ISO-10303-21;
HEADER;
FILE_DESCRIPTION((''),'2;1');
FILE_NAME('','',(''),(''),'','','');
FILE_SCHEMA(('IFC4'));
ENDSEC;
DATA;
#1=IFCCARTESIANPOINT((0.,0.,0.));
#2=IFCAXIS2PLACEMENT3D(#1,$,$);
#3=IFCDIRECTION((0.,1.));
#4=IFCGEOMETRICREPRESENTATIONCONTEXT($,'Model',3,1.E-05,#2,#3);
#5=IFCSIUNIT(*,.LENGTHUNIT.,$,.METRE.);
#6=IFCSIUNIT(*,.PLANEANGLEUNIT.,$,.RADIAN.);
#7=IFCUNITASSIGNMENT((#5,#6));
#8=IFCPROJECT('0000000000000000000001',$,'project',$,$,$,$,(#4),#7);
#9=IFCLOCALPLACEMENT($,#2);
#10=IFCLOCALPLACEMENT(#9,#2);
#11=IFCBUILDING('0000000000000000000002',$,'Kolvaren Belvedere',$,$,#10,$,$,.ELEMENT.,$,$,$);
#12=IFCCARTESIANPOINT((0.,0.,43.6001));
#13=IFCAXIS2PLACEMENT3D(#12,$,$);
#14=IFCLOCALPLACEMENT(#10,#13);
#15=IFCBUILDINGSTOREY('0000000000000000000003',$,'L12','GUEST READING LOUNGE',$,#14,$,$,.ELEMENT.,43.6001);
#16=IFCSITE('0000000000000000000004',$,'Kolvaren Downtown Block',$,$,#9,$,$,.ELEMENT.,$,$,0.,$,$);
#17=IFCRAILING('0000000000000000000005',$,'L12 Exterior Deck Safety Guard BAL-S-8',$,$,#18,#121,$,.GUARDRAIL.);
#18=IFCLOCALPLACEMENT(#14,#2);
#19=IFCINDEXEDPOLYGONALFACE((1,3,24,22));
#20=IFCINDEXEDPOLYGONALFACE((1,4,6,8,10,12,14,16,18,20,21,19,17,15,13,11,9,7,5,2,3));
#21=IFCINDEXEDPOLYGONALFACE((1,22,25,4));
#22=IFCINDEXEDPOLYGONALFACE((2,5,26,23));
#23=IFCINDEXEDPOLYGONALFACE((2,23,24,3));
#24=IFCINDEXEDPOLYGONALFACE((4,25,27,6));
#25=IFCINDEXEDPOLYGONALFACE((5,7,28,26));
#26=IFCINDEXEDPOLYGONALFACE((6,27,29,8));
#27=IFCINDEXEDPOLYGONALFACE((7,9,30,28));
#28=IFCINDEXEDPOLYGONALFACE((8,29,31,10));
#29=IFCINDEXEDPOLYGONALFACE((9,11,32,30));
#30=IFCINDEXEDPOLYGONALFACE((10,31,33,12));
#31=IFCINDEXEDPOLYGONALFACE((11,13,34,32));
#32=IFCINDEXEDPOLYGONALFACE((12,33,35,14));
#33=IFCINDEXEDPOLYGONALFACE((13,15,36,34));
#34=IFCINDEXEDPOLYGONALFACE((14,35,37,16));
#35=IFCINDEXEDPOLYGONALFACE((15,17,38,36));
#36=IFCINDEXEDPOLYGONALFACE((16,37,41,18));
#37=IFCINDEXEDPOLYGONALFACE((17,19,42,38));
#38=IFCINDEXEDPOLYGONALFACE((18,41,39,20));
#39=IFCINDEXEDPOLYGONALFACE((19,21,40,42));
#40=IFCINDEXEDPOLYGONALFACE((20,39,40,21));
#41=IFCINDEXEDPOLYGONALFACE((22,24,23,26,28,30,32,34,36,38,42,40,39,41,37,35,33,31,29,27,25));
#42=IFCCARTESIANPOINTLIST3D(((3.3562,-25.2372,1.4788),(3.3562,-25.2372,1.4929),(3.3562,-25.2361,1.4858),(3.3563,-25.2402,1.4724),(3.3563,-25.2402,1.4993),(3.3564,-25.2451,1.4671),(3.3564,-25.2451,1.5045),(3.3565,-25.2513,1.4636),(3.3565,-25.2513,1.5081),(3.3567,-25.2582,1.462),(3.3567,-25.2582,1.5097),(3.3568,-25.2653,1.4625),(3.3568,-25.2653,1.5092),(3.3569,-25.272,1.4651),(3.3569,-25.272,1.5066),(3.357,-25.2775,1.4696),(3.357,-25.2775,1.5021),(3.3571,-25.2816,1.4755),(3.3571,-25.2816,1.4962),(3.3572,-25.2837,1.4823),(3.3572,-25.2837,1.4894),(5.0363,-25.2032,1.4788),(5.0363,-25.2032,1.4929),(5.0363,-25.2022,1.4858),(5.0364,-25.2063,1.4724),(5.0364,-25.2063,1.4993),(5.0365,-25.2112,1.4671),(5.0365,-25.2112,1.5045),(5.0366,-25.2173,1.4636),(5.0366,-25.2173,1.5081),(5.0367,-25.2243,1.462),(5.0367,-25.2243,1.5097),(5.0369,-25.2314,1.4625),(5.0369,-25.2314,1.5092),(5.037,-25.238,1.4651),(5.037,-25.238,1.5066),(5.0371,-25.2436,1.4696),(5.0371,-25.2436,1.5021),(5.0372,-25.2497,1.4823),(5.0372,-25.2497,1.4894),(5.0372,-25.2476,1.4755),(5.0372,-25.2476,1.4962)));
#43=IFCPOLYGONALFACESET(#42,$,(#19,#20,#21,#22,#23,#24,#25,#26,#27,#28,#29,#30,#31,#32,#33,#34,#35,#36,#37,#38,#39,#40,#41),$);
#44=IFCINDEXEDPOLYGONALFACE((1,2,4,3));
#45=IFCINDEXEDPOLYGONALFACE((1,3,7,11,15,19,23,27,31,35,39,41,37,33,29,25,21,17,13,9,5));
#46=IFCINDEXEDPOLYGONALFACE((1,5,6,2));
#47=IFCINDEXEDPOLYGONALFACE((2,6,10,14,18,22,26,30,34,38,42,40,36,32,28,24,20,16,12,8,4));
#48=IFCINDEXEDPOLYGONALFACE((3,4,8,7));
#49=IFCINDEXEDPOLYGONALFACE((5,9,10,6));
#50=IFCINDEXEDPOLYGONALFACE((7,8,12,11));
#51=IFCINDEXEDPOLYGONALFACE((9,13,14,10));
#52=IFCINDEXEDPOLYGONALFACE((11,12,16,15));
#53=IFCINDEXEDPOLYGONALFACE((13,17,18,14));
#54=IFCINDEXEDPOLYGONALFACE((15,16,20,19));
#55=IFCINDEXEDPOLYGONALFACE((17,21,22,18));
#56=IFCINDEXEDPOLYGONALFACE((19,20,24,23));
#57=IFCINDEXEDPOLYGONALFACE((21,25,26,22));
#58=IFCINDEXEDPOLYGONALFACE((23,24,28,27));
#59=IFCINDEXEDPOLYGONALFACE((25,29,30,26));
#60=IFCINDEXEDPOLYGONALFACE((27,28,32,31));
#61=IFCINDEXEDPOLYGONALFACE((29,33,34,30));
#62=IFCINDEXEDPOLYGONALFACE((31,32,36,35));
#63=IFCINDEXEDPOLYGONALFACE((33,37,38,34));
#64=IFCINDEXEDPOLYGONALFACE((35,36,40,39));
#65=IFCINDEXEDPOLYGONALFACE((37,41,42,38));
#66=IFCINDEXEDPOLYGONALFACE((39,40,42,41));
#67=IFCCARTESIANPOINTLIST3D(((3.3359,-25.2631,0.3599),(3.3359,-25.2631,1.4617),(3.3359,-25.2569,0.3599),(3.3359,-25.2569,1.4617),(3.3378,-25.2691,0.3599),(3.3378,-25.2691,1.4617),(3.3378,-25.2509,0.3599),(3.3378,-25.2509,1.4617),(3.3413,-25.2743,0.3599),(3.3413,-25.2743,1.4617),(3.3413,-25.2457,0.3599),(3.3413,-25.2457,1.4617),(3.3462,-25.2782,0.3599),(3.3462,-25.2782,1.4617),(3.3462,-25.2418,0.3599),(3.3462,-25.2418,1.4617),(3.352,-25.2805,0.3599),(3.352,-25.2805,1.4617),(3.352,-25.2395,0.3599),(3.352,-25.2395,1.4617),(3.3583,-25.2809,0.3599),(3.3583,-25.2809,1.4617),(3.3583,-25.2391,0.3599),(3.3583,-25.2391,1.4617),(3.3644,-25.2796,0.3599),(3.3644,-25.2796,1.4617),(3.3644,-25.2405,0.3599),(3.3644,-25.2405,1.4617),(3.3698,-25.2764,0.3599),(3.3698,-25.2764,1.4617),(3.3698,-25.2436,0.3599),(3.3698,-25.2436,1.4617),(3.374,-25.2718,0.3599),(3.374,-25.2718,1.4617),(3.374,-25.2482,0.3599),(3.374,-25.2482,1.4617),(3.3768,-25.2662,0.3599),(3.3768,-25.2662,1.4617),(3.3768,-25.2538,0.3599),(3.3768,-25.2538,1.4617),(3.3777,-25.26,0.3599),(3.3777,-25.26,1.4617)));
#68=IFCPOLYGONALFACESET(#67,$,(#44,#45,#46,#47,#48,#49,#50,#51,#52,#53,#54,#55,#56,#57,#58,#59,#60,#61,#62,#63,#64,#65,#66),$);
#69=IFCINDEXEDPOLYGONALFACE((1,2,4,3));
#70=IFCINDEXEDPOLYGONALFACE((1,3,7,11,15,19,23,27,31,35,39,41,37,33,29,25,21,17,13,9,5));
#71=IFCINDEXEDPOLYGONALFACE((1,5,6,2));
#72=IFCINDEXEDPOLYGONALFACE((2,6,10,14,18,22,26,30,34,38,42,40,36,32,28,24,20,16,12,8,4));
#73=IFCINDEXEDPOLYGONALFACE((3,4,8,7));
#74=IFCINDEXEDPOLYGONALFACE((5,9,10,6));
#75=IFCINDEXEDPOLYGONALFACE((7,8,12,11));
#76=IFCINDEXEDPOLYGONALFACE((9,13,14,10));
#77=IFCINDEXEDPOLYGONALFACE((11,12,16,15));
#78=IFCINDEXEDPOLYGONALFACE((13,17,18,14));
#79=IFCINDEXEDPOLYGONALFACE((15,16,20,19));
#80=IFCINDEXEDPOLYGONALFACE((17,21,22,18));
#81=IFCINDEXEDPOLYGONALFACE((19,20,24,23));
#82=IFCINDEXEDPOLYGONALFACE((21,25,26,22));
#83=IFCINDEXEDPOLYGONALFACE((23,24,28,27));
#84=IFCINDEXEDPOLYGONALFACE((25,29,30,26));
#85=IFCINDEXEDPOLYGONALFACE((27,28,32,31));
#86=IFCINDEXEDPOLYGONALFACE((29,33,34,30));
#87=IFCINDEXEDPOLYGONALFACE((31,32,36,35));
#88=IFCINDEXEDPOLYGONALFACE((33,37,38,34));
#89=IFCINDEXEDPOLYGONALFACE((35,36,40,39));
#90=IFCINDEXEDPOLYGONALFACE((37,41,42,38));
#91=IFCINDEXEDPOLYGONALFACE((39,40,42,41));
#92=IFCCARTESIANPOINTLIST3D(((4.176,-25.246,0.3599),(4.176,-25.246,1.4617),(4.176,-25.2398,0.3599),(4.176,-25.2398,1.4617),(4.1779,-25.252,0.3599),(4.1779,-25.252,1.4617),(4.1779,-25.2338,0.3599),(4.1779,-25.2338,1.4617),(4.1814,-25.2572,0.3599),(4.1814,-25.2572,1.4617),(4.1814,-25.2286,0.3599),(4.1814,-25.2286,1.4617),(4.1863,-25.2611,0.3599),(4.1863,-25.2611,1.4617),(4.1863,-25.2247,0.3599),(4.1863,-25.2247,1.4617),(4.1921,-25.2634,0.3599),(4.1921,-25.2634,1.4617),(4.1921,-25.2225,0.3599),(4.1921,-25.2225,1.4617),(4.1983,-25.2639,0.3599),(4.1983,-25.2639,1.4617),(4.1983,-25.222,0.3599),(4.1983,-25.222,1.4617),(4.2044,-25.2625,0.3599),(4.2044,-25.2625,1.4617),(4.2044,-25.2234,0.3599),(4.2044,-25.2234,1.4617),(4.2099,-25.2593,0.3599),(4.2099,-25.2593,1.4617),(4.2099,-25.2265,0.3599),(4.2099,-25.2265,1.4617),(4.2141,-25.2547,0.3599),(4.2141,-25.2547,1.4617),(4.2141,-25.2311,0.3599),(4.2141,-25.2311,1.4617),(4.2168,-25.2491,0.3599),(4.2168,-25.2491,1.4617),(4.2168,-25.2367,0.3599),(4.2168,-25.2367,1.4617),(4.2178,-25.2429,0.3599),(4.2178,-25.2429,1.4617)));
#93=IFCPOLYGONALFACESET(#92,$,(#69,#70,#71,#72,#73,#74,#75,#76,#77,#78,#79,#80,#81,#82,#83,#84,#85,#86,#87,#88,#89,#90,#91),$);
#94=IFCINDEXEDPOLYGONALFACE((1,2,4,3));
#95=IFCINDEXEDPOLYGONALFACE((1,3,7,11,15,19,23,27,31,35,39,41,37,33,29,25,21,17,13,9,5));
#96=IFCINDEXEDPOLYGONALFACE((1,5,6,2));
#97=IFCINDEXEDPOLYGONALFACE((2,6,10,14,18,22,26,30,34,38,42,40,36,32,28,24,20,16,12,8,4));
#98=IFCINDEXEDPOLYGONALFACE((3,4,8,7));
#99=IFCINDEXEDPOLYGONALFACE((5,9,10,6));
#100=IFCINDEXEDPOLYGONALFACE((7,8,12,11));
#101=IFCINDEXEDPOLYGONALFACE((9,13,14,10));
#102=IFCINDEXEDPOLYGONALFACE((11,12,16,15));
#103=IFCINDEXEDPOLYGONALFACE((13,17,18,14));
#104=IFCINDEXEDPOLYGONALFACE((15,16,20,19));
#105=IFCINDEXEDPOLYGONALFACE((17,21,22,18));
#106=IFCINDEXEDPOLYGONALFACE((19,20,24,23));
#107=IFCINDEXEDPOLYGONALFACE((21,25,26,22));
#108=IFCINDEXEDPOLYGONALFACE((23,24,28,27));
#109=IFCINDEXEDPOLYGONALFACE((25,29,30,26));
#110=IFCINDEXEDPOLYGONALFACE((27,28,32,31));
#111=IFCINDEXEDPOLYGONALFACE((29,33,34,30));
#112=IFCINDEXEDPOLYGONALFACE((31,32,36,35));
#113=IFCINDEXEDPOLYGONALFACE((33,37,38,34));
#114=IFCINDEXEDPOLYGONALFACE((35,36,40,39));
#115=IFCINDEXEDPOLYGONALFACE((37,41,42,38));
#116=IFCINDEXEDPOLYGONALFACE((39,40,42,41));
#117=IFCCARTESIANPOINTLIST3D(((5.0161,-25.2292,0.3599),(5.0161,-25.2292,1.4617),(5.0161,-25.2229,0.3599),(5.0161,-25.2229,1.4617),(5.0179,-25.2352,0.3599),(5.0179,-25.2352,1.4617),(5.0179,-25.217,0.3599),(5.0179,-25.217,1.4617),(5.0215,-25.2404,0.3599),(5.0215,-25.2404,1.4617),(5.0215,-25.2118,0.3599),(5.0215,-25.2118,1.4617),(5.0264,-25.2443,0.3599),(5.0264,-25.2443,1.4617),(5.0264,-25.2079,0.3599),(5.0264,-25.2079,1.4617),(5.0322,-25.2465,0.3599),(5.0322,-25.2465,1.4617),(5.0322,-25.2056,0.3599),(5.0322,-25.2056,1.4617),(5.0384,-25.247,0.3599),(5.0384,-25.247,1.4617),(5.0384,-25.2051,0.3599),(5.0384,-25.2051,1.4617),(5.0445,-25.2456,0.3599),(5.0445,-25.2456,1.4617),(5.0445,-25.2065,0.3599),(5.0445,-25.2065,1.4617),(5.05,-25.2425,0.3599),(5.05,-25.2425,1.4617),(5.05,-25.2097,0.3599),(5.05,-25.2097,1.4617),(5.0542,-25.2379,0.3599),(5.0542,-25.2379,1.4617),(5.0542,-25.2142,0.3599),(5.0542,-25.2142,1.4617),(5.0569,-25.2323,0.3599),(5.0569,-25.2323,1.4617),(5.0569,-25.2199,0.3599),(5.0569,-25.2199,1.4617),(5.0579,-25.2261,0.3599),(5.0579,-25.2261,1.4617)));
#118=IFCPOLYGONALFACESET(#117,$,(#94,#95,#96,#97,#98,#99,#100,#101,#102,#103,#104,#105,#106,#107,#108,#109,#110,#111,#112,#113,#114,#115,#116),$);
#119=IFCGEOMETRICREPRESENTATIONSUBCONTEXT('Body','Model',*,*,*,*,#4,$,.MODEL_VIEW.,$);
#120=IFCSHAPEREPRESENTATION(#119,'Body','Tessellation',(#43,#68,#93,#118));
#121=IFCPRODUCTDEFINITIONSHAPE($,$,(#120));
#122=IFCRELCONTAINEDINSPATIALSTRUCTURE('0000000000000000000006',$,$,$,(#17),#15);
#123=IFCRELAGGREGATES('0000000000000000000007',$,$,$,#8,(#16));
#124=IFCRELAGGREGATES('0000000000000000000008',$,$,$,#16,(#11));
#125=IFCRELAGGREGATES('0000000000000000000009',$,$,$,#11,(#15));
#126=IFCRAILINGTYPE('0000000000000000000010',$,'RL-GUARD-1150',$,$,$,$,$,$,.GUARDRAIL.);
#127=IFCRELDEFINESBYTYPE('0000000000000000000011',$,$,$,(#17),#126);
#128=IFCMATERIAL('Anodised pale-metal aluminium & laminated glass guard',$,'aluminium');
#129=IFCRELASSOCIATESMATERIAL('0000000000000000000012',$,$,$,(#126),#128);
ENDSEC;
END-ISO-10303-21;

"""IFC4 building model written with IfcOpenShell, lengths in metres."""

from ifc_helpers import new_model, si_unit, direction, frame, origin, origin_2d, place, context, subcontext, project, spatial, circle, extrude, material, type_object, element, save


model = new_model("IFC4")

# Units and contexts
model_context = context("Model", 3, precision=1e-05, world=origin(), true_north=direction((0.0, 1.0)))
body_context = subcontext(model_context, "Body", "Model", "MODEL_VIEW")
ifc_project = project(units=[si_unit("LENGTHUNIT", "METRE"), si_unit("PLANEANGLEUNIT", "RADIAN")], contexts=[model_context])

# Site, building, storey
site_placement = place(None, origin())
site = spatial("IfcSite", under=ifc_project, at=site_placement, Name="Kolvaren Downtown Block", CompositionType="ELEMENT", RefElevation=0.0)
building_placement = place(site_placement, origin())
building = spatial("IfcBuilding", under=site, at=building_placement, Name="Kolvaren Belvedere", CompositionType="ELEMENT")
storey_placement = place(building_placement, frame((0.0, 0.0, 43.6001)))
storey = spatial("IfcBuildingStorey", under=building, at=storey_placement, Name="L12", Description="GUEST READING LOUNGE", CompositionType="ELEMENT", Elevation=43.6001)

# Railing
ifc_material_1 = material(Name="Anodised pale-metal aluminium & laminated glass guard", Category="aluminium")
railing_type = type_object("IfcRailingType", Name="RL-GUARD-1150", PredefinedType="GUARDRAIL", material=ifc_material_1)
railing_1_placement = place(storey_placement, frame((3.3567, -25.26, 0.3599)))
element("IfcRailing", 1, at=railing_1_placement, inside=storey, type_object=railing_type, Name="L12 Exterior Deck Safety Guard BAL-S-8", PredefinedType="GUARDRAIL", context=body_context, shape_type="SweptSolid", body=[
    extrude(circle(Radius=0.0239, at=origin_2d()), frame((0.0, 0.0, 1.126), z_axis=(0.999796, 0.020193, 0.0), x_axis=(-0.020193, 0.999796, 0.0)), (0.0, 0.0, 1.0), 1.6804),
    extrude(circle(Radius=0.021, at=origin_2d()), origin(), (0.0, 0.0, 1.0), 1.1018),
    extrude(circle(Radius=0.021, at=origin_2d()), frame((0.8401, 0.0171, 0.0)), (0.0, 0.0, 1.0), 1.1018),
    extrude(circle(Radius=0.021, at=origin_2d()), frame((1.6802, 0.0339, 0.0)), (0.0, 0.0, 1.0), 1.1018),
])

save(model, "model.ifc")
